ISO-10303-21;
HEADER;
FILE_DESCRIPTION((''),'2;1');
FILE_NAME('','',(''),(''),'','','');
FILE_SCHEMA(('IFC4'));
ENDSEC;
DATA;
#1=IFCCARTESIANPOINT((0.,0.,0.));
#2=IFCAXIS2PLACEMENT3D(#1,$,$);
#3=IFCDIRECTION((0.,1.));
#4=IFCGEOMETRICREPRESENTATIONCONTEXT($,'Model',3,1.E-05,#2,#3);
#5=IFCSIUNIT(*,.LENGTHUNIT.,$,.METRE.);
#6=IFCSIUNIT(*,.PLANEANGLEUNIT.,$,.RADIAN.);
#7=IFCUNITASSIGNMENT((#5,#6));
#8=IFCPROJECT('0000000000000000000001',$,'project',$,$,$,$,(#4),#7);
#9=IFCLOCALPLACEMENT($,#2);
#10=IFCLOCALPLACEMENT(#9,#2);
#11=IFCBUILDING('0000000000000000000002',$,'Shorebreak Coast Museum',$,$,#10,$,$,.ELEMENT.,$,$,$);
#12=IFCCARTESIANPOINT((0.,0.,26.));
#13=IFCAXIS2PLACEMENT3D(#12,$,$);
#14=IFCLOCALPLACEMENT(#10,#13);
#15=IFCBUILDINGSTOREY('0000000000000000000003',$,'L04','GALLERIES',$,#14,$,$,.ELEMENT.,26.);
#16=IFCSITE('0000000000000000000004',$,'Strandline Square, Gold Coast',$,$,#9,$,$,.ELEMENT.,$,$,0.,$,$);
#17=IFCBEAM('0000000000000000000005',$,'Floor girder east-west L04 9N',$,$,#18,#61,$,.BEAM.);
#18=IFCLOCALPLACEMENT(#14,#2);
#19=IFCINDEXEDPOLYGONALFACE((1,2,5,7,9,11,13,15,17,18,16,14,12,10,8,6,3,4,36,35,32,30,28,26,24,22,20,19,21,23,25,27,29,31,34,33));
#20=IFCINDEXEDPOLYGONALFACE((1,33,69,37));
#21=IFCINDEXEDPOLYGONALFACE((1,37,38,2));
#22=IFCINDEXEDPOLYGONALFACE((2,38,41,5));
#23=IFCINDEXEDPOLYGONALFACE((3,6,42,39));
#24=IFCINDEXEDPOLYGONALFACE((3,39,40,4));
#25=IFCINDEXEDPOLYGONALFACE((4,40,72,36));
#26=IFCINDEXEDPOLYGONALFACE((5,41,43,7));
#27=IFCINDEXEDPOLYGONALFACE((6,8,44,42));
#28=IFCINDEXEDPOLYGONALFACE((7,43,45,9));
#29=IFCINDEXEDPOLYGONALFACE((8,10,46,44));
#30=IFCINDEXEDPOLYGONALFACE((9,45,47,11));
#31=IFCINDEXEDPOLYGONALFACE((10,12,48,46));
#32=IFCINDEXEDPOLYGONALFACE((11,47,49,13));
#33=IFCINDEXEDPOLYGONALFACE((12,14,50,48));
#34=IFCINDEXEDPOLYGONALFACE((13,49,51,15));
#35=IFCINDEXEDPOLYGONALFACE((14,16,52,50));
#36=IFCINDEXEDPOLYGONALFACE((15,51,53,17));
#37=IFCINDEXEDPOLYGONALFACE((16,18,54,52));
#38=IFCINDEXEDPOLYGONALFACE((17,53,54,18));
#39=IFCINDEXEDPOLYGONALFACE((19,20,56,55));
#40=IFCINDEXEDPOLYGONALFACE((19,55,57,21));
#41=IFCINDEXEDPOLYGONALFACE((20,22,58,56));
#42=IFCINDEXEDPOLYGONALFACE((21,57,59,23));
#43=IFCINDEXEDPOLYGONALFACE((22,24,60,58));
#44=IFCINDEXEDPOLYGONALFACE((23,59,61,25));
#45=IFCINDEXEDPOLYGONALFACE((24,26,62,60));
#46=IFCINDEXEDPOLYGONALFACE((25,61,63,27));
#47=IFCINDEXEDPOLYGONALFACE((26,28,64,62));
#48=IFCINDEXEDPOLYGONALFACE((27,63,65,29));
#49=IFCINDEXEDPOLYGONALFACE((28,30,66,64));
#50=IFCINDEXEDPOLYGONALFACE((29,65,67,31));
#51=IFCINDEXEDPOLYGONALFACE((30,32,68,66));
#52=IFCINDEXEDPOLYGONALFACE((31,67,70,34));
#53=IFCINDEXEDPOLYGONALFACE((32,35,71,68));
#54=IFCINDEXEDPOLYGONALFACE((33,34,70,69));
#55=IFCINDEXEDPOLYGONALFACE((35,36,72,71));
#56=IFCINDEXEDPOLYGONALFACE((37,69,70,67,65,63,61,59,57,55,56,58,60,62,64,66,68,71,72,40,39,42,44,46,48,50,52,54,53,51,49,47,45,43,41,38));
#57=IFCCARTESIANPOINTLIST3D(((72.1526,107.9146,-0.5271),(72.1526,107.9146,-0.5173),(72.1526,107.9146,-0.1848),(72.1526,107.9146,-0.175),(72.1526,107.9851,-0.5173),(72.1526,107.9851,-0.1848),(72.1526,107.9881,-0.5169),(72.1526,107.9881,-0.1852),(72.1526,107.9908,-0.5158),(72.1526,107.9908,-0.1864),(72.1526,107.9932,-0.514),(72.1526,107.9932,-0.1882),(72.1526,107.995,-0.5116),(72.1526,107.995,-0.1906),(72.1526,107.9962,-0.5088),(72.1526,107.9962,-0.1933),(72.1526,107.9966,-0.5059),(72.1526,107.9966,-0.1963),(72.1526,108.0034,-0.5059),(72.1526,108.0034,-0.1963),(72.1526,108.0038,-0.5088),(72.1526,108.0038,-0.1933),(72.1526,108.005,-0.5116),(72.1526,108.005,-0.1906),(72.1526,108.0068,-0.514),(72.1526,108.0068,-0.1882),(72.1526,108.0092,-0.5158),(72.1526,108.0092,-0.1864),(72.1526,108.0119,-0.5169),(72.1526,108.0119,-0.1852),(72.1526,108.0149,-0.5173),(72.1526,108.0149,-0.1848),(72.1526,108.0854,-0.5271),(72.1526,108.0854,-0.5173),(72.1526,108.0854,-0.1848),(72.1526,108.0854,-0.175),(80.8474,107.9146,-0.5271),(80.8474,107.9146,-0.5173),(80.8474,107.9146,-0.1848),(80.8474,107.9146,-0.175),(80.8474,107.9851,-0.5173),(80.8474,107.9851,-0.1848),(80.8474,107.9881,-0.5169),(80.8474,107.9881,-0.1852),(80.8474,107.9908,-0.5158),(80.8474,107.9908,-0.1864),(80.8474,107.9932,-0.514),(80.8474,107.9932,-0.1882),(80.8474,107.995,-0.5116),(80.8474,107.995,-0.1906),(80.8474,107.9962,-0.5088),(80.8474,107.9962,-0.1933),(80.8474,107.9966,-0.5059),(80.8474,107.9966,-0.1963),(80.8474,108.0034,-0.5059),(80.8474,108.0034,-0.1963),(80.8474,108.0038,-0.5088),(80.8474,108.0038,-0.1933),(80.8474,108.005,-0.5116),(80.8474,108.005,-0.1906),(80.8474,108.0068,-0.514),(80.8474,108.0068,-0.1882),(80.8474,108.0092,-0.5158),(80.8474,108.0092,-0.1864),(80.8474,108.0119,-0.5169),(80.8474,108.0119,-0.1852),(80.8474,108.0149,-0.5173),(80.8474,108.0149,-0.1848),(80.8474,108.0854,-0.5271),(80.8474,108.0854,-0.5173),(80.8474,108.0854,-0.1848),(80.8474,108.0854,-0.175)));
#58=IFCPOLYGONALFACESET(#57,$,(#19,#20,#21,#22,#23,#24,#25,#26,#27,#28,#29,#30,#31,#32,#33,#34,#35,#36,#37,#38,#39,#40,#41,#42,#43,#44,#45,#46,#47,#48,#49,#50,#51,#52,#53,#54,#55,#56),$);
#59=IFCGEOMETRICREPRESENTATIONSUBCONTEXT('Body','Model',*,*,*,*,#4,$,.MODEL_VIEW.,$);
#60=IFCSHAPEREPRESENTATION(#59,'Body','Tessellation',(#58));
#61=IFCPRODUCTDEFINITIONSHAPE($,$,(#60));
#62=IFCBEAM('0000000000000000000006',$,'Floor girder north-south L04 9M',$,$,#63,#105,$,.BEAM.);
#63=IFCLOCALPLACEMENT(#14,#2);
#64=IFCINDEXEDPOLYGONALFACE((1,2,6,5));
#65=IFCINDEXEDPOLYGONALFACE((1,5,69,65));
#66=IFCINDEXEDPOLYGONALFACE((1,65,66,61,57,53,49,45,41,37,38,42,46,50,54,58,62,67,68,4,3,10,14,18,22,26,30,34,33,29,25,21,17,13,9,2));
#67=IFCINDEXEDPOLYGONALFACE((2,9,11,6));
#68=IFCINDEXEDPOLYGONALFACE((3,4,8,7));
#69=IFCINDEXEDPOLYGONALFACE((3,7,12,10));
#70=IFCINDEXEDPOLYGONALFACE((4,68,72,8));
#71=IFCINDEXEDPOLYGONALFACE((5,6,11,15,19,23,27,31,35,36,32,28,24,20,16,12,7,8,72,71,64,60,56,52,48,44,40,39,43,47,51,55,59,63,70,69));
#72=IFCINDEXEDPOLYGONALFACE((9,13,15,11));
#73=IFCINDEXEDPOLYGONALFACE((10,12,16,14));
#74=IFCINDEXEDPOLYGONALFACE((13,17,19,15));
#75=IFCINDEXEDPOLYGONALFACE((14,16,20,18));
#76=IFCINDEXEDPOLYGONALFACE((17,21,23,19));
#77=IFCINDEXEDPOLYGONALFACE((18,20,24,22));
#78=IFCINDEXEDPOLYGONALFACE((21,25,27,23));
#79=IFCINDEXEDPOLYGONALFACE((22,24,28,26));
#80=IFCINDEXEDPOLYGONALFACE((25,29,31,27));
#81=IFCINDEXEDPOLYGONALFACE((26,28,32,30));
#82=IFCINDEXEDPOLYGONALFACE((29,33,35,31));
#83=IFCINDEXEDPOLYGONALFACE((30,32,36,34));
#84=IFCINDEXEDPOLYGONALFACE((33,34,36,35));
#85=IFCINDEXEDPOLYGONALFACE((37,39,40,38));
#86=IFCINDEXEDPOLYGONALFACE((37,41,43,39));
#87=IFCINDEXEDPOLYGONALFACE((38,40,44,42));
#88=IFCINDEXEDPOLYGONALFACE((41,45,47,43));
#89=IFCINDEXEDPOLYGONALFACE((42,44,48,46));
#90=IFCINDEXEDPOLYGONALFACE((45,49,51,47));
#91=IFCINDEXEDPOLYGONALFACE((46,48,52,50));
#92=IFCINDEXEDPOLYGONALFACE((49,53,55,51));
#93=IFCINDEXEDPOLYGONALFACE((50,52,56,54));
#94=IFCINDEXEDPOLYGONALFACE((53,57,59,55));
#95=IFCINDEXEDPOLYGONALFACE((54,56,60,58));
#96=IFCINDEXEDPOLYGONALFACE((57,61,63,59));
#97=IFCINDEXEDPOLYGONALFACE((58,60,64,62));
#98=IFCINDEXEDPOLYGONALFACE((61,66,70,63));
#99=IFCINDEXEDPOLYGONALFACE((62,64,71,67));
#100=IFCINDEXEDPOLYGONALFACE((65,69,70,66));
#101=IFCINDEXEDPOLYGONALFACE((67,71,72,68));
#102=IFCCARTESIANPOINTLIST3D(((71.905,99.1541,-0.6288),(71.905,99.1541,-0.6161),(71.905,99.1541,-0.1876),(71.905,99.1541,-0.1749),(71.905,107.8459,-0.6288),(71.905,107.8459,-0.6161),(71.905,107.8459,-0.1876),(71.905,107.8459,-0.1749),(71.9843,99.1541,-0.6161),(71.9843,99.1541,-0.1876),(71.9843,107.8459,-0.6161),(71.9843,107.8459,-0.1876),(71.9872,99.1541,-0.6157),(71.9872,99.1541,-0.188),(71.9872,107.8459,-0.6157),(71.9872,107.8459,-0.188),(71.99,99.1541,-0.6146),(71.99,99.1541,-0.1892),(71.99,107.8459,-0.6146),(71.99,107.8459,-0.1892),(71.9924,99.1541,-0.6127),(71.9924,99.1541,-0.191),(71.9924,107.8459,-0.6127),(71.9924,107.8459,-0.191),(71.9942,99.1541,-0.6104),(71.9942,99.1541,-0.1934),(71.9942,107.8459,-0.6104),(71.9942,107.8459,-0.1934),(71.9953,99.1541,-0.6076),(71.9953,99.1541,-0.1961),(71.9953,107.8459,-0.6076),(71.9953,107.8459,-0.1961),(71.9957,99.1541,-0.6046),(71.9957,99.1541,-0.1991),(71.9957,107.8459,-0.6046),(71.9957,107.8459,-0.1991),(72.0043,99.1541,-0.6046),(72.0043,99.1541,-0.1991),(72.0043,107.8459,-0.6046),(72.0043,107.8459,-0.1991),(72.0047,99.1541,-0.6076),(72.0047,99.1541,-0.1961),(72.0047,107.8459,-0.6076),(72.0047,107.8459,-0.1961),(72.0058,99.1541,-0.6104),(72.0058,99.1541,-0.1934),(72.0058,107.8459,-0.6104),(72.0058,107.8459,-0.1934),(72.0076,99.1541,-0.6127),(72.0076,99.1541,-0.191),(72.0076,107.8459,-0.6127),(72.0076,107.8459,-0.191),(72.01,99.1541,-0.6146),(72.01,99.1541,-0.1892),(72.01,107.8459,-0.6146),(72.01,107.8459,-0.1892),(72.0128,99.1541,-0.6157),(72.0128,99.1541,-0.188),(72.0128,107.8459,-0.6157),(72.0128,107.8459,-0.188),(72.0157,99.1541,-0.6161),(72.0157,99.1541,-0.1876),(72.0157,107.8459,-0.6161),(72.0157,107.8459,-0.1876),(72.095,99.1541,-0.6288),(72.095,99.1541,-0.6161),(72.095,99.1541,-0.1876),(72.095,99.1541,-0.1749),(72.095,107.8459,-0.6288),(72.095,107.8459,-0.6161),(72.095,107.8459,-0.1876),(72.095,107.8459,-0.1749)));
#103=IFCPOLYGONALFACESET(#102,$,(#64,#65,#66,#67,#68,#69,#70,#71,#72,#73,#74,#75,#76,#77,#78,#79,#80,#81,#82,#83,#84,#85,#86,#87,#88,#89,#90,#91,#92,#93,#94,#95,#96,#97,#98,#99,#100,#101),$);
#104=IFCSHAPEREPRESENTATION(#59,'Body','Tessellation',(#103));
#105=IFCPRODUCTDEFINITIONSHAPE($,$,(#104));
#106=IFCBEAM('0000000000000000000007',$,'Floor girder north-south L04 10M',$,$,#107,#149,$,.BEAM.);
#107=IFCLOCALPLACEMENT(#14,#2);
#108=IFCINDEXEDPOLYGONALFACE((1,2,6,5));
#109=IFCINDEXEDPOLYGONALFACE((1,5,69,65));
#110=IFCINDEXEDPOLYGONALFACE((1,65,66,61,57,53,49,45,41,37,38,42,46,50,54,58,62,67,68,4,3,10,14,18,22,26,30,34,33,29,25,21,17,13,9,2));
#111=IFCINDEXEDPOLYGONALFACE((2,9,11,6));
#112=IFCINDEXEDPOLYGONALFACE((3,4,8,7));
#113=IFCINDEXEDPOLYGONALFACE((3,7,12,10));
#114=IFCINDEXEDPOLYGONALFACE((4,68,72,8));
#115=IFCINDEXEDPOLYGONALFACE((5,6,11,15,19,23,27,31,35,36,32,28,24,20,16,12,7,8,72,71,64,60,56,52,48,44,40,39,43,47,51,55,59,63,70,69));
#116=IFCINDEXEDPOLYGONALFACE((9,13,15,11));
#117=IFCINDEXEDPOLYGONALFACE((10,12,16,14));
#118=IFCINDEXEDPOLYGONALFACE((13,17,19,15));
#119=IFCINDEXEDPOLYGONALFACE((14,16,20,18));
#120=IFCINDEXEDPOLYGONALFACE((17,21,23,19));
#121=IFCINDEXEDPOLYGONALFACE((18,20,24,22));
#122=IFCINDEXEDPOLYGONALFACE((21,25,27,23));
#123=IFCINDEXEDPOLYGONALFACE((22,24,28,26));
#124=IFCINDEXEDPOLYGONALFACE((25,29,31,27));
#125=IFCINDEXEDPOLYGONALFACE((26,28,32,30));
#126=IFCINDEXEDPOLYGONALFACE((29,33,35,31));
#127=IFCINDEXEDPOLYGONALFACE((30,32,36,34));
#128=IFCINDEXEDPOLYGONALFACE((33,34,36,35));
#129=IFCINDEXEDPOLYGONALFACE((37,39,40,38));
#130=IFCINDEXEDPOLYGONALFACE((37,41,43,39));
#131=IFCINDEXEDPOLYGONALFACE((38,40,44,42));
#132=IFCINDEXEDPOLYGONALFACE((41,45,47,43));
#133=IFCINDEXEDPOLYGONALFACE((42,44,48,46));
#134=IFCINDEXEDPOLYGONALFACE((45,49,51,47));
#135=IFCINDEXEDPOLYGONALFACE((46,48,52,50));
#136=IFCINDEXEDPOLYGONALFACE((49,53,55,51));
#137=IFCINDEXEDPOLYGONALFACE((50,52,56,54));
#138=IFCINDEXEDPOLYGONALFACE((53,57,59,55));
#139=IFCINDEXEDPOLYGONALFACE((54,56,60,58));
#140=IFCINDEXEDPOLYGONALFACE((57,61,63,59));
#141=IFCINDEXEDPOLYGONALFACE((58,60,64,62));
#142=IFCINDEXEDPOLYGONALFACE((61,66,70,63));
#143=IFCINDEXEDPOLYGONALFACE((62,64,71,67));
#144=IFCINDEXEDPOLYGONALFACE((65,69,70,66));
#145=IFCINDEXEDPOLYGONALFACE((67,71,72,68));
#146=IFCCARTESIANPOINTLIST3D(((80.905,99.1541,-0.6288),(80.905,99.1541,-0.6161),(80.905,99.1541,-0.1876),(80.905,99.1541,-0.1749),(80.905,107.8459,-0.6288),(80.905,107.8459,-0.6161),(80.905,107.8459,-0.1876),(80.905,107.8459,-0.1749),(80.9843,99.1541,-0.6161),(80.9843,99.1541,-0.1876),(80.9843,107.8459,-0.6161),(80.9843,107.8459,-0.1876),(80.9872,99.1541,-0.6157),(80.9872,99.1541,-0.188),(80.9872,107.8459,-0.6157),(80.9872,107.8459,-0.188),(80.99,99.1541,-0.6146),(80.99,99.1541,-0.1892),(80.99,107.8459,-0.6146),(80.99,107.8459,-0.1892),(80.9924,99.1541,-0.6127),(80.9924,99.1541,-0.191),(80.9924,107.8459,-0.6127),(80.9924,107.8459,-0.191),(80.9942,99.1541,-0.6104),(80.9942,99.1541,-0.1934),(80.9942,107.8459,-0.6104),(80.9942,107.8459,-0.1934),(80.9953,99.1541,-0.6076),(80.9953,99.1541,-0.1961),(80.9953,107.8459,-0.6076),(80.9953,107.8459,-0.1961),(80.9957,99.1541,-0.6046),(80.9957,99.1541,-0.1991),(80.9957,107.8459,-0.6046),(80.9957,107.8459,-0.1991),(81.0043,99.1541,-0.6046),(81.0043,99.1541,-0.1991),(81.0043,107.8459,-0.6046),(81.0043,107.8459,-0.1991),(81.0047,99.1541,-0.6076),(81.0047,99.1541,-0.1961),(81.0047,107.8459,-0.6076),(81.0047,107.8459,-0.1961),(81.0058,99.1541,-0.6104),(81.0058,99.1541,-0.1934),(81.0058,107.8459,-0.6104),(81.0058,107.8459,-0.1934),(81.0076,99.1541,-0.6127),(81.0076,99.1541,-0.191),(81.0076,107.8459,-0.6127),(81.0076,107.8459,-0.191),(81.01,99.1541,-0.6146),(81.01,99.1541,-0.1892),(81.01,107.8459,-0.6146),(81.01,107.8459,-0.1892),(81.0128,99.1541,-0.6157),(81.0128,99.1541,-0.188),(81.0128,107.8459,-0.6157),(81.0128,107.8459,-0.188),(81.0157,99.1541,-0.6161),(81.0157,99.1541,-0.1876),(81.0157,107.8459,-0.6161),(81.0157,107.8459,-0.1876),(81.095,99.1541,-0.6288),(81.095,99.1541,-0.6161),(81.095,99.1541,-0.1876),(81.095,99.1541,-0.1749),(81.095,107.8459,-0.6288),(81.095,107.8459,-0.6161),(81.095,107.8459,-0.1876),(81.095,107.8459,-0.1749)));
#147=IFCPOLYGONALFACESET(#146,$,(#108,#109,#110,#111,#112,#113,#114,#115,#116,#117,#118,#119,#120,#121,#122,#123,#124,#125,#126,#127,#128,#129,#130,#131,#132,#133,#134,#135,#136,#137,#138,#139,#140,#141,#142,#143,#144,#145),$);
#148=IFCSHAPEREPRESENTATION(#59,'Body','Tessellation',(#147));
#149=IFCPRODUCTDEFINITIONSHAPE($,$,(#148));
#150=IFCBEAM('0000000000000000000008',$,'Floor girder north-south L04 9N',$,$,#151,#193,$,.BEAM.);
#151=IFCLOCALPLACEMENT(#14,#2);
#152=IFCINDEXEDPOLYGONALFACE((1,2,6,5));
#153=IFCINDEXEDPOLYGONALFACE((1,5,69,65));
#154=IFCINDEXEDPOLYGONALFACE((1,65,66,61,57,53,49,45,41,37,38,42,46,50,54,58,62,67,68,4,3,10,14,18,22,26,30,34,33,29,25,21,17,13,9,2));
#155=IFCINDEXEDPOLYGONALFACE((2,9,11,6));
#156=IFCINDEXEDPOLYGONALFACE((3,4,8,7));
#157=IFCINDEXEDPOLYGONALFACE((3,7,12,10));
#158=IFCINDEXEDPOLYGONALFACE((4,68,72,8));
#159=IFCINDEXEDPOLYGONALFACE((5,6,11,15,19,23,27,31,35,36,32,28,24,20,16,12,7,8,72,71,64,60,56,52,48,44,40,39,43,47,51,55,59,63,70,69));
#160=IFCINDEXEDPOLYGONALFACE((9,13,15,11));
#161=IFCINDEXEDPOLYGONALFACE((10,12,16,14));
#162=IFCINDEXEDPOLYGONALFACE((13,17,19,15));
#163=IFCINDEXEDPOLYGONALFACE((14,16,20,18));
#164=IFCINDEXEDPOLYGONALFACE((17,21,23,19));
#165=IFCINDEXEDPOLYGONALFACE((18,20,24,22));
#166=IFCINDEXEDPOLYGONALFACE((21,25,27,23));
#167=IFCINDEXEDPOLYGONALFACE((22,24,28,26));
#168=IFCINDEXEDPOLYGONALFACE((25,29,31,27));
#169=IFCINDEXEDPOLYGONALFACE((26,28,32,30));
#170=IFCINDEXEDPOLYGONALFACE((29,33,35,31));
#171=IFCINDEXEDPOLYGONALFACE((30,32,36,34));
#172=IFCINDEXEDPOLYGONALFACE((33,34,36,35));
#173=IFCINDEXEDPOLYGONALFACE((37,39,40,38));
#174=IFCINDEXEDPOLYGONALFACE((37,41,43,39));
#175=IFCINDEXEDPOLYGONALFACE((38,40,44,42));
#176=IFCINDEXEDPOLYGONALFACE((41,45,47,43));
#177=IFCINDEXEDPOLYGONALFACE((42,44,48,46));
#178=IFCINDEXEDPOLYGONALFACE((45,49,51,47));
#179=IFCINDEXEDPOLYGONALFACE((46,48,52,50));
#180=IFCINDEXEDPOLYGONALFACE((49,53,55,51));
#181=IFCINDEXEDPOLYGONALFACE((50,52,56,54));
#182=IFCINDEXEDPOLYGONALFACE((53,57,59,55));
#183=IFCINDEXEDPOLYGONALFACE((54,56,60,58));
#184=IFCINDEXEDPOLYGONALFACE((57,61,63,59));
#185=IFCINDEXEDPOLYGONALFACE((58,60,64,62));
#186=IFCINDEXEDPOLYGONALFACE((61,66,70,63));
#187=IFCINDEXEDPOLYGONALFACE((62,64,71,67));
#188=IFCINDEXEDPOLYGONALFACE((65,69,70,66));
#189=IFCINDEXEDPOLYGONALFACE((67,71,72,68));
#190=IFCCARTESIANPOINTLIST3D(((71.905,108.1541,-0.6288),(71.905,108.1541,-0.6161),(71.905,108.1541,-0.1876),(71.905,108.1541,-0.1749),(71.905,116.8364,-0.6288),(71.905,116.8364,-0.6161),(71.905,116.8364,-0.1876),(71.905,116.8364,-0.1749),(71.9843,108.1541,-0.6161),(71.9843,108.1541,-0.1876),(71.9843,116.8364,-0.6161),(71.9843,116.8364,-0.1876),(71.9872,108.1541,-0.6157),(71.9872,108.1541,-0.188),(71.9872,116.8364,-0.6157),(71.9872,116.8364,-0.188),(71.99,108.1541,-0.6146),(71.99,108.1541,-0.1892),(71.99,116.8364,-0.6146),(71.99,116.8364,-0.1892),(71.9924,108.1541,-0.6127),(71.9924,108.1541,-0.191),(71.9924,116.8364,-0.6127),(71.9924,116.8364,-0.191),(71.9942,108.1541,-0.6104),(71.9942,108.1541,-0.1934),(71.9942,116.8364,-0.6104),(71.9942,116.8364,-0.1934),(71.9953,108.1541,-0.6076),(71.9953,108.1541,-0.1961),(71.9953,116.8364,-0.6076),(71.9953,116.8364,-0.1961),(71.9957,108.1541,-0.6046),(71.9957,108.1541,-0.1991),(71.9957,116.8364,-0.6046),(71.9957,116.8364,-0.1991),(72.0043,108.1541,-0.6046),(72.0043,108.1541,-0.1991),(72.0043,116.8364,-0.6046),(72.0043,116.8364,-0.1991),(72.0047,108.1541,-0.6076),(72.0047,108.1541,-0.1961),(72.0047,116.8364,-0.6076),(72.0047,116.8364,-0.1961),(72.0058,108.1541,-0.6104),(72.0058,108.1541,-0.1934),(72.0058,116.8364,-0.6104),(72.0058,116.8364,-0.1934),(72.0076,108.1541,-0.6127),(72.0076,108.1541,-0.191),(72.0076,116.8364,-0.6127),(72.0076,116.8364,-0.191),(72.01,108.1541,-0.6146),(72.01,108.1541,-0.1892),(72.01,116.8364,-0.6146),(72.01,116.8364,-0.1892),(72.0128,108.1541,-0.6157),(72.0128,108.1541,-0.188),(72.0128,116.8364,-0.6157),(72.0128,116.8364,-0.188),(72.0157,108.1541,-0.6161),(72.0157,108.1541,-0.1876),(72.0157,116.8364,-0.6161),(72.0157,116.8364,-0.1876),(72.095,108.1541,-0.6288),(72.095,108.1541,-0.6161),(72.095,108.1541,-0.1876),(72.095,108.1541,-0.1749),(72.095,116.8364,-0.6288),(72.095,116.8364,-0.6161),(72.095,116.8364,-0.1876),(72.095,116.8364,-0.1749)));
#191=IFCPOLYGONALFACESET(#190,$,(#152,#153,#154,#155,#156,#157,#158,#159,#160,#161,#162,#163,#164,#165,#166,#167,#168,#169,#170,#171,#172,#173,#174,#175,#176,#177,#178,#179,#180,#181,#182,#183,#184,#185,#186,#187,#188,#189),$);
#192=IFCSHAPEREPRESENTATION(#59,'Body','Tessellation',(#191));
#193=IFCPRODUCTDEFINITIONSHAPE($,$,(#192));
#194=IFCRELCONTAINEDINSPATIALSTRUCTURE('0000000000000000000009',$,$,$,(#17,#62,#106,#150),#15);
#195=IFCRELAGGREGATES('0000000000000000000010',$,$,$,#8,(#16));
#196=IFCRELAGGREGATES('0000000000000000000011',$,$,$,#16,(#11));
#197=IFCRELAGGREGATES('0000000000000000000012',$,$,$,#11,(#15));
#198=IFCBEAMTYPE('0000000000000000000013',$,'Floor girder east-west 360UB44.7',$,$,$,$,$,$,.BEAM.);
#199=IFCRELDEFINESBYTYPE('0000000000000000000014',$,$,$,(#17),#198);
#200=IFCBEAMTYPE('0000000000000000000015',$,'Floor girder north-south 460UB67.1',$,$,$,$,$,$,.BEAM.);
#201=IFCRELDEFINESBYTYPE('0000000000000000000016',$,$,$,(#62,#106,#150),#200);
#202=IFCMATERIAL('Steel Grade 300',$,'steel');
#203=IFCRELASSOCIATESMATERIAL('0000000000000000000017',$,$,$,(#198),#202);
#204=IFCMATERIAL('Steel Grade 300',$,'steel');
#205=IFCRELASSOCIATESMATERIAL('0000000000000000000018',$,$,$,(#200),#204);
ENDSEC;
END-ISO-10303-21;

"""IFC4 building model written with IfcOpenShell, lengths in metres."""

from ifc_helpers import new_model, si_unit, direction, frame, origin, origin_2d, place, context, subcontext, project, spatial, i_section, extrude, material, material_profile, profile_set, type_object, element, save


model = new_model("IFC4")

# Units and contexts
model_context = context("Model", 3, precision=1e-05, world=origin(), true_north=direction((0.0, 1.0)))
body_context = subcontext(model_context, "Body", "Model", "MODEL_VIEW")
ifc_project = project(units=[si_unit("LENGTHUNIT", "METRE"), si_unit("PLANEANGLEUNIT", "RADIAN")], contexts=[model_context])

# Site, building, storey
site_placement = place(None, origin())
site = spatial("IfcSite", under=ifc_project, at=site_placement, Name="Strandline Square, Gold Coast", CompositionType="ELEMENT", RefElevation=0.0)
building_placement = place(site_placement, origin())
building = spatial("IfcBuilding", under=site, at=building_placement, Name="Shorebreak Coast Museum", CompositionType="ELEMENT")
storey_placement = place(building_placement, frame((0.0, 0.0, 26.0)))
storey = spatial("IfcBuildingStorey", under=building, at=storey_placement, Name="L04", Description="GALLERIES", CompositionType="ELEMENT", Elevation=26.0)

# Beams
ifc_material_1 = material(Name="Steel Grade 300", Category="steel")
ifc_material_profile_1 = material_profile(ifc_material_1, i_section(OverallWidth=0.1709, OverallDepth=0.3521, WebThickness=0.0068, FlangeThickness=0.0098, FilletRadius=0.0115, at=origin_2d()), Name="360UB44.7")
ifc_profile_set_1 = profile_set([ifc_material_profile_1], Name="Steel Grade 300")
beam_type_1 = type_object("IfcBeamType", Name="Floor girder east-west 360UB44.7", PredefinedType="BEAM", material=ifc_profile_set_1)
for number, where, z_axis, x_axis, name in (
    (1, (72.1526, 108.0, -0.3511), (1.0, 0.0, 0.0), (0.0, 1.0, 0.0), "Floor girder east-west L04 9N"),
):
    element("IfcBeam", number, at=place(storey_placement, frame(where, z_axis=z_axis, x_axis=x_axis)), inside=storey, type_object=beam_type_1, Name=name, PredefinedType="BEAM", context=body_context, shape_type="SweptSolid", body=[
        extrude(i_section(OverallWidth=0.1709, OverallDepth=0.3521, WebThickness=0.0068, FlangeThickness=0.0098, FilletRadius=0.0115, at=origin_2d()), origin(), (0.0, 0.0, 1.0), 8.6948),
    ])
ifc_material_2 = material(Name="Steel Grade 300", Category="steel")
ifc_material_profile_2 = material_profile(ifc_material_2, i_section(OverallWidth=0.1899, OverallDepth=0.4539, WebThickness=0.0085, FlangeThickness=0.0127, FilletRadius=0.0115, at=origin_2d()), Name="460UB67.1")
ifc_profile_set_2 = profile_set([ifc_material_profile_2], Name="Steel Grade 300")
beam_type_2 = type_object("IfcBeamType", Name="Floor girder north-south 460UB67.1", PredefinedType="BEAM", material=ifc_profile_set_2)
for number, where, z_axis, x_axis, name in (
    (2, (72.0, 99.1541, -0.4019), (0.0, 1.0, 0.0), (-1.0, 0.0, 0.0), "Floor girder north-south L04 9M"),
    (3, (81.0, 99.1541, -0.4019), (0.0, 1.0, 0.0), (-1.0, 0.0, 0.0), "Floor girder north-south L04 10M"),
):
    element("IfcBeam", number, at=place(storey_placement, frame(where, z_axis=z_axis, x_axis=x_axis)), inside=storey, type_object=beam_type_2, Name=name, PredefinedType="BEAM", context=body_context, shape_type="SweptSolid", body=[
        extrude(i_section(OverallWidth=0.1899, OverallDepth=0.4539, WebThickness=0.0085, FlangeThickness=0.0127, FilletRadius=0.0115, at=origin_2d()), origin(), (0.0, 0.0, 1.0), 8.6919),
    ])
beam_placement = place(storey_placement, frame((72.0, 108.1541, -0.4019), z_axis=(0.0, 1.0, 0.0), x_axis=(-1.0, 0.0, 0.0)))
element("IfcBeam", 4, at=beam_placement, inside=storey, type_object=beam_type_2, Name="Floor girder north-south L04 9N", PredefinedType="BEAM", context=body_context, shape_type="SweptSolid", body=[
    extrude(i_section(OverallWidth=0.1899, OverallDepth=0.4539, WebThickness=0.0085, FlangeThickness=0.0127, FilletRadius=0.0115, at=origin_2d()), origin(), (0.0, 0.0, 1.0), 8.6824),
])

save(model, "model.ifc")
